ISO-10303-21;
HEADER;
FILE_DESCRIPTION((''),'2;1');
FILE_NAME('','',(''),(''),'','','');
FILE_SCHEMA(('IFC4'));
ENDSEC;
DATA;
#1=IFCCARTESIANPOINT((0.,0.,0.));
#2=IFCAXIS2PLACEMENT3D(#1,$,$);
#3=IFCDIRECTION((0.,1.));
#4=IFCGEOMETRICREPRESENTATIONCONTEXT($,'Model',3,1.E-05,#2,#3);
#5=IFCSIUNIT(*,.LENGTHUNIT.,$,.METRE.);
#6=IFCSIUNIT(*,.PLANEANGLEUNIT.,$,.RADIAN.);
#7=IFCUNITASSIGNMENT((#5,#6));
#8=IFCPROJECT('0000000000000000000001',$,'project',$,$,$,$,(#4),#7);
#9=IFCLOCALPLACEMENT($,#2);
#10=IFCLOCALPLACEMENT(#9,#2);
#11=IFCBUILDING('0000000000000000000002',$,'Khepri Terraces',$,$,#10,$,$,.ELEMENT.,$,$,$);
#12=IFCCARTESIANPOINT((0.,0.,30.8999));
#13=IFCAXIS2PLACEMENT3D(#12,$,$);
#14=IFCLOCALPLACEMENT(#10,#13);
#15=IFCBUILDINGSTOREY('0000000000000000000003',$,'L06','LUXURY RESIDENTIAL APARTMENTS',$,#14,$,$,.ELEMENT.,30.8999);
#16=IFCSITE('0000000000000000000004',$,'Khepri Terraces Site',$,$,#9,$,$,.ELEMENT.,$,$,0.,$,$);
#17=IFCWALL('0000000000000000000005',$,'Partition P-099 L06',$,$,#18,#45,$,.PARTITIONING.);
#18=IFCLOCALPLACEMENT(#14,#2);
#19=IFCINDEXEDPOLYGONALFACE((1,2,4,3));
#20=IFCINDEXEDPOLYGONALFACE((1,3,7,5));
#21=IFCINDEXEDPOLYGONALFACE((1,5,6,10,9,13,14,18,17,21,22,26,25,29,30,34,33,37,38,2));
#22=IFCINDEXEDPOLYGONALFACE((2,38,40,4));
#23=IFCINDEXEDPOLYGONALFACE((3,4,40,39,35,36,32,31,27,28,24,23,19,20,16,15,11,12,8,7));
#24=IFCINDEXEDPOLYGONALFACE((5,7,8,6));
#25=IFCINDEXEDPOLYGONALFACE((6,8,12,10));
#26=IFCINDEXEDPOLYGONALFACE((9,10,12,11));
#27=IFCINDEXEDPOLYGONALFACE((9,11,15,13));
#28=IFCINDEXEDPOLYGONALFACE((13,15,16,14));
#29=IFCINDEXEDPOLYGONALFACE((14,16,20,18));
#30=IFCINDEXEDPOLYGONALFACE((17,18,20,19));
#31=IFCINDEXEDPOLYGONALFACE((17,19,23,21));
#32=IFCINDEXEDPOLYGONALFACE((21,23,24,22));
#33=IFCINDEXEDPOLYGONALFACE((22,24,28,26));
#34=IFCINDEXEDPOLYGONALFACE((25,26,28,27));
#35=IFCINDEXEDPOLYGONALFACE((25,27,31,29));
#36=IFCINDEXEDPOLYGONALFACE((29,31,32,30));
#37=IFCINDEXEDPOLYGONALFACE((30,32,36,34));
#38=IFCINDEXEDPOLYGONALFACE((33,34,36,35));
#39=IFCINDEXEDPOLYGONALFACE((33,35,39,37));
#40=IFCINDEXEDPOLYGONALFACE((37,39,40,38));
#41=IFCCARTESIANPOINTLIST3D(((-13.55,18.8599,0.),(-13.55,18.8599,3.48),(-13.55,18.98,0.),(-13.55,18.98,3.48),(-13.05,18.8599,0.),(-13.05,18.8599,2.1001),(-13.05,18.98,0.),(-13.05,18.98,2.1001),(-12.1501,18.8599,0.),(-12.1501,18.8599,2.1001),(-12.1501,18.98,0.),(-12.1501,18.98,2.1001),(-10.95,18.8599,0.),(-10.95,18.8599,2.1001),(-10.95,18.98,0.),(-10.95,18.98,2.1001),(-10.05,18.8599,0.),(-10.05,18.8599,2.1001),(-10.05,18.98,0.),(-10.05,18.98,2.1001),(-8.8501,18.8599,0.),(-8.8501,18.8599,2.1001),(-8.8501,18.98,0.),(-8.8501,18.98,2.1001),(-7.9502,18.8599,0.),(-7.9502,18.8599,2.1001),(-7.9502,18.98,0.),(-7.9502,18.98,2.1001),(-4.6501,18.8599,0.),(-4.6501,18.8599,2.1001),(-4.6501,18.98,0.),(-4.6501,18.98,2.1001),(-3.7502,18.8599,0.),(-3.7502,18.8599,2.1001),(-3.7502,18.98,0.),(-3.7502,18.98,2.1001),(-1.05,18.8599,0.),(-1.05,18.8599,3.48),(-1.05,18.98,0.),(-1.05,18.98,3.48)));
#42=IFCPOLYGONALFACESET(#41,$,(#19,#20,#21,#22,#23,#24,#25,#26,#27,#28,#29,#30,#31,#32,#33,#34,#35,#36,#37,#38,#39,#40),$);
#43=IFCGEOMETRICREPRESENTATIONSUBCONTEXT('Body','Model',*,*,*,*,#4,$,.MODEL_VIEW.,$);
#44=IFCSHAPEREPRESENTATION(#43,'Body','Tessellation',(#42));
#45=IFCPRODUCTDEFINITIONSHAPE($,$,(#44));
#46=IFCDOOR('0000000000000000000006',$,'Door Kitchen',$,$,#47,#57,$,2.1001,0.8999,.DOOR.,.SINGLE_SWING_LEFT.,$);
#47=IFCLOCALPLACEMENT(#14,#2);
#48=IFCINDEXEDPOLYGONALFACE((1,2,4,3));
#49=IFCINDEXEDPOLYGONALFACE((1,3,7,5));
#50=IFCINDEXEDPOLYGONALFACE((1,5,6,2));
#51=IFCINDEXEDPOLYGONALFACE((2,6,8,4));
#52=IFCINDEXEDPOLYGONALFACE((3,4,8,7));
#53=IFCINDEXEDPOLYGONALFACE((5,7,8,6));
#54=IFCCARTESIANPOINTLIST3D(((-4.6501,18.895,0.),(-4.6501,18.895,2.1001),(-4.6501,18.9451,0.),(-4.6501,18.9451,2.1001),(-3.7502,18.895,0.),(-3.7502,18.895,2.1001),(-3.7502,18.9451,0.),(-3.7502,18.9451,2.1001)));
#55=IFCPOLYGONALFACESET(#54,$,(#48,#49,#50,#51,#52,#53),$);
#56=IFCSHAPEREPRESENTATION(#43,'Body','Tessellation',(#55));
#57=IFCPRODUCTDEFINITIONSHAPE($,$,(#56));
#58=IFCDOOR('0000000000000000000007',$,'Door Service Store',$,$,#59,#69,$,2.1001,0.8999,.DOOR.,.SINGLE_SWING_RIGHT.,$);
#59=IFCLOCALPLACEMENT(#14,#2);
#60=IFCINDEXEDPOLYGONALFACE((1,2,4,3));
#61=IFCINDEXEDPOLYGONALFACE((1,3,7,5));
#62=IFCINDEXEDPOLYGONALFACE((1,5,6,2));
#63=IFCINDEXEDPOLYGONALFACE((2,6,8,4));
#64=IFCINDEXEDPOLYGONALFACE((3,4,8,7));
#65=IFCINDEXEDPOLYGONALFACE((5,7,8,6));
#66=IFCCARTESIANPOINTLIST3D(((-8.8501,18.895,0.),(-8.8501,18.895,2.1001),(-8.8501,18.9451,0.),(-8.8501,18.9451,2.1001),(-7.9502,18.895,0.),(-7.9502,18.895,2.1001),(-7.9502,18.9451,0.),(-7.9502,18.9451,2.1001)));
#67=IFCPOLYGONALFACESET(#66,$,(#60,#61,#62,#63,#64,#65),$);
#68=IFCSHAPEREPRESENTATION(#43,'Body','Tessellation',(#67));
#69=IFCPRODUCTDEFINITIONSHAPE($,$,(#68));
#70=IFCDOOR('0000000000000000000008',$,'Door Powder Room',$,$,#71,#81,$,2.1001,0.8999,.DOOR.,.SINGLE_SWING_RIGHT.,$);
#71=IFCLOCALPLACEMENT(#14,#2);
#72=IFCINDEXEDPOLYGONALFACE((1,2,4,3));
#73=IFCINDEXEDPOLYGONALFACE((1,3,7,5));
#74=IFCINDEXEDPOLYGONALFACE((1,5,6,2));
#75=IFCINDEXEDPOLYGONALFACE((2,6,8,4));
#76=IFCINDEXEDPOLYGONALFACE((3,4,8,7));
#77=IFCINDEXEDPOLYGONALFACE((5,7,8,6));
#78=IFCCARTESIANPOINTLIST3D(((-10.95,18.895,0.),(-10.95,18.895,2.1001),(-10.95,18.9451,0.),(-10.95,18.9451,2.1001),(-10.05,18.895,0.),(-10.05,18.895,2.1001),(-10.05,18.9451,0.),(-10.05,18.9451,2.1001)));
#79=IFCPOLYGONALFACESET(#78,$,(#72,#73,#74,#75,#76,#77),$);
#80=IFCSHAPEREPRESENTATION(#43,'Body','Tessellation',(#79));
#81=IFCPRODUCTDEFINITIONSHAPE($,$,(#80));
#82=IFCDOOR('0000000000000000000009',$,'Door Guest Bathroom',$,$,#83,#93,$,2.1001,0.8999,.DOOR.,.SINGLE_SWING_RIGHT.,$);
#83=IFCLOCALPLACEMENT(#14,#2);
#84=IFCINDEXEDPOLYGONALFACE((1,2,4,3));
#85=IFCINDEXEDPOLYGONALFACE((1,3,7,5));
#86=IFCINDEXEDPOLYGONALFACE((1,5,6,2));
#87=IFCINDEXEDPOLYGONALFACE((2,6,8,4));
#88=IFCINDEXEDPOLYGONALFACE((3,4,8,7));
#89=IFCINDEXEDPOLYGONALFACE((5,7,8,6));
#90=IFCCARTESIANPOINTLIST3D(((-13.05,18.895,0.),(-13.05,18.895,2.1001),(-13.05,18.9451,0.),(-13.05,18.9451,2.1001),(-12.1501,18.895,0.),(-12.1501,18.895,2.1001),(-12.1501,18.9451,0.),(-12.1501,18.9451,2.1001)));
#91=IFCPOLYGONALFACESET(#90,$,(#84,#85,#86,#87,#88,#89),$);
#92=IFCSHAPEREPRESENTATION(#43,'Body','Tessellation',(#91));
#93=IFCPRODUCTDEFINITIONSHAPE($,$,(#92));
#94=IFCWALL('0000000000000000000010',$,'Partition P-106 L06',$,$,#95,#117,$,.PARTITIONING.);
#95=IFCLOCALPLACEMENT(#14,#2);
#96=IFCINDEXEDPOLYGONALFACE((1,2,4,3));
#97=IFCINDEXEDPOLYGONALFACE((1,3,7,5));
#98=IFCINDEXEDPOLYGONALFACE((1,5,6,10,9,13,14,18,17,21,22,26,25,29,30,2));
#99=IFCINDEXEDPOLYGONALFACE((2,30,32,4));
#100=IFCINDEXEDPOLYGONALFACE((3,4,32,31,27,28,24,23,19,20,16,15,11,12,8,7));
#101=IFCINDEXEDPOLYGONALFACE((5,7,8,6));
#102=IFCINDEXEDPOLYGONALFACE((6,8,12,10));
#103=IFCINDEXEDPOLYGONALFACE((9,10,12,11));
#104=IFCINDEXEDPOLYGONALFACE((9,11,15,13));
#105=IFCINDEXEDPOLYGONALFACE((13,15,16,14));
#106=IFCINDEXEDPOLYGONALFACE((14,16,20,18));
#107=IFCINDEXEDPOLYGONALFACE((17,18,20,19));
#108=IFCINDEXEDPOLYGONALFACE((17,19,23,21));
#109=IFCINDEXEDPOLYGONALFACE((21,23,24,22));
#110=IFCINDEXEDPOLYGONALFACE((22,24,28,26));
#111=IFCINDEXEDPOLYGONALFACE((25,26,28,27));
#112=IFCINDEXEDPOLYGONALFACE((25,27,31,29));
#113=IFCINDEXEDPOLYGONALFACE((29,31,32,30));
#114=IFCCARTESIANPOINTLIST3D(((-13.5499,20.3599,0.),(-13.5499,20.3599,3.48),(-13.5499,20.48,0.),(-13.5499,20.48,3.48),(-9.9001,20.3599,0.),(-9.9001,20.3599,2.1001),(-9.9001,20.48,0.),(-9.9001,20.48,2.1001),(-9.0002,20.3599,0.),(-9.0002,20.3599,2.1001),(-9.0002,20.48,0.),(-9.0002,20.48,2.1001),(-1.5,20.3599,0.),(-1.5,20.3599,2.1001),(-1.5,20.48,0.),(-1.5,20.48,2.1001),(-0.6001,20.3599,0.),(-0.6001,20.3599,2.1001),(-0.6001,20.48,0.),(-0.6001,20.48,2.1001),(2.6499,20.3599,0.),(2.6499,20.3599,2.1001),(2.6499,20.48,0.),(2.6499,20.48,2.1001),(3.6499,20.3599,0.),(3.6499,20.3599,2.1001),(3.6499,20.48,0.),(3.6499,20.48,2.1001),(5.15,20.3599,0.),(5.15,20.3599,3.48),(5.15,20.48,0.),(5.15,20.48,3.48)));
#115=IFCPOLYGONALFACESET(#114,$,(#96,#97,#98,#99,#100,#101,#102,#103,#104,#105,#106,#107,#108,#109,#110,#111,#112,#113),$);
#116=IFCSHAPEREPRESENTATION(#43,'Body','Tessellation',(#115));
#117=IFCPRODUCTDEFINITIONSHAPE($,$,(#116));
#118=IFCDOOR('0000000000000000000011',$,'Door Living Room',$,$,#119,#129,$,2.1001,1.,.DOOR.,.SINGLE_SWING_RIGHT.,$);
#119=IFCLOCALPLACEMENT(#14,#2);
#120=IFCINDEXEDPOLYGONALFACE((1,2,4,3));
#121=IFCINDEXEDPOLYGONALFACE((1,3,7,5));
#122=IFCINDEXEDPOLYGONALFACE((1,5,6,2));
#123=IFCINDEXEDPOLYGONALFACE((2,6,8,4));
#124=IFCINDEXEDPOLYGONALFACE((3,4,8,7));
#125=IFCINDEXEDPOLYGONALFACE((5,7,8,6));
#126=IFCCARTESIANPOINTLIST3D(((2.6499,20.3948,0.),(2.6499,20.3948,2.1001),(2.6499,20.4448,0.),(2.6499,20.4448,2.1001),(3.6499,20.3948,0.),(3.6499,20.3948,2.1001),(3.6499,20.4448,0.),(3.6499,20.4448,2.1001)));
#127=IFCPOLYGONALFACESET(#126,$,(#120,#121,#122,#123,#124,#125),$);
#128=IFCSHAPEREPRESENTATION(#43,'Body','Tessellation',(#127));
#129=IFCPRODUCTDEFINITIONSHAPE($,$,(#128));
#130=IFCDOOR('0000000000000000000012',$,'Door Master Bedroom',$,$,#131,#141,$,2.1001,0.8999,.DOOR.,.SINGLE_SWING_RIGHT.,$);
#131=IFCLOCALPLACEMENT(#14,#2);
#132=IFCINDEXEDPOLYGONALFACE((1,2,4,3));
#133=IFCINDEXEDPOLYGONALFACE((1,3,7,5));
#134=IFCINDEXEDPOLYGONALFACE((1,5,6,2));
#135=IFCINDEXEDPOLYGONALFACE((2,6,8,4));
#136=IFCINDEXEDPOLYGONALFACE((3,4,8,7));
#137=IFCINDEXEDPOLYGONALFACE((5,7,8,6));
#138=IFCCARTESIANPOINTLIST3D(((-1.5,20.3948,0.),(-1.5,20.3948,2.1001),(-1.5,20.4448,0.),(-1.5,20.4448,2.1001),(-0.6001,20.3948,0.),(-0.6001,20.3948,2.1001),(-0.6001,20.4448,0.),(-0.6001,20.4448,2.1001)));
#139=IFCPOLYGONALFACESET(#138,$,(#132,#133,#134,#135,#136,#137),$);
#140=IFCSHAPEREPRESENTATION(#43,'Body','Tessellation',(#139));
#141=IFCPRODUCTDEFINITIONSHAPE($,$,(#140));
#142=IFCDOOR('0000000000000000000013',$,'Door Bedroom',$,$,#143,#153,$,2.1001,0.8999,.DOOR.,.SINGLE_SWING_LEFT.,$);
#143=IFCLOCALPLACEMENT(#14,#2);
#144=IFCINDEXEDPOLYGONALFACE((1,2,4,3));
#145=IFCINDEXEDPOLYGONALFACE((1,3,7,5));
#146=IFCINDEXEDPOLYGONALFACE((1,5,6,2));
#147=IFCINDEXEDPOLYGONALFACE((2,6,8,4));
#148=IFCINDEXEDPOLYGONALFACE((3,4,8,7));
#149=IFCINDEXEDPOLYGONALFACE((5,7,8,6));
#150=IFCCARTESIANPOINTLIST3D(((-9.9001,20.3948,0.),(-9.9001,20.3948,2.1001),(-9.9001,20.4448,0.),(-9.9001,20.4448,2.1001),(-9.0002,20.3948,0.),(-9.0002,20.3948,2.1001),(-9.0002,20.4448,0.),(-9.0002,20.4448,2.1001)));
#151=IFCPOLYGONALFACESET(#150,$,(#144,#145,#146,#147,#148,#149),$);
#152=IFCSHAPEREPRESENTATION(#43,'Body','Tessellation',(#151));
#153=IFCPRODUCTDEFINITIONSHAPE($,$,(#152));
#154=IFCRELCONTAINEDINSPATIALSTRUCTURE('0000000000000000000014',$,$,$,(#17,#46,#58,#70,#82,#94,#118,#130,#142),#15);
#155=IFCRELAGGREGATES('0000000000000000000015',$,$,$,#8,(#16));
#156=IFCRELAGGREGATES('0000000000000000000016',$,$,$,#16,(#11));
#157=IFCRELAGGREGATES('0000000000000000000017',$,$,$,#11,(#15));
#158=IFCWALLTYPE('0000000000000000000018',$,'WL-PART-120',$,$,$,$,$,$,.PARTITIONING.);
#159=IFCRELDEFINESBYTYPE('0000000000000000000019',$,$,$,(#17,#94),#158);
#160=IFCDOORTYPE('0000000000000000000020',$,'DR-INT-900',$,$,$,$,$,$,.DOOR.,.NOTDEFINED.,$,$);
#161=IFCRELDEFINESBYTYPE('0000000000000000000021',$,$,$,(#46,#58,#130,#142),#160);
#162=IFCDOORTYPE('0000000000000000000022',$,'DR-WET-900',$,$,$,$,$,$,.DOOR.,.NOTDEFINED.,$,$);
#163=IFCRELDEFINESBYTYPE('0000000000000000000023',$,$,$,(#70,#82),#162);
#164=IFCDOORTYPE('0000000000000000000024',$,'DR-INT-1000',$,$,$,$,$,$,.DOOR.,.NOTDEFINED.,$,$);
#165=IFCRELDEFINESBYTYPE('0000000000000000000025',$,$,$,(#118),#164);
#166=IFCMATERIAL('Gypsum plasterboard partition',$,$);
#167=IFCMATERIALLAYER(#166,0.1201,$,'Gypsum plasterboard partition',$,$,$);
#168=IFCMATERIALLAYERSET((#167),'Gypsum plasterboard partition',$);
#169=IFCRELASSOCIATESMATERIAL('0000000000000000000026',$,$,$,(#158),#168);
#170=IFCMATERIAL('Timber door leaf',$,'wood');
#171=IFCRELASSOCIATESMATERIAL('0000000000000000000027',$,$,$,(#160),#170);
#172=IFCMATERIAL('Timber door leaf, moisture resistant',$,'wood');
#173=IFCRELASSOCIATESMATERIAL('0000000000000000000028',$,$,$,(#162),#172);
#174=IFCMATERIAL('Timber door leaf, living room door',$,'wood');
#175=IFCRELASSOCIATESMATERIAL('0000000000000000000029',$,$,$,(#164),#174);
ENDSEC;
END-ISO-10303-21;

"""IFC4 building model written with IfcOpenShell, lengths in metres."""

from ifc_helpers import new_model, si_unit, direction, frame, frame_2d, origin, place, context, subcontext, project, spatial, rectangle, extrude, material, layer, layer_set, type_object, element, fill, save


model = new_model("IFC4")

# Units and contexts
model_context = context("Model", 3, precision=1e-05, world=origin(), true_north=direction((0.0, 1.0)))
body_context = subcontext(model_context, "Body", "Model", "MODEL_VIEW")
ifc_project = project(units=[si_unit("LENGTHUNIT", "METRE"), si_unit("PLANEANGLEUNIT", "RADIAN")], contexts=[model_context])

# Site, building, storey
site_placement = place(None, origin())
site = spatial("IfcSite", under=ifc_project, at=site_placement, Name="Khepri Terraces Site", CompositionType="ELEMENT", RefElevation=0.0)
building_placement = place(site_placement, origin())
building = spatial("IfcBuilding", under=site, at=building_placement, Name="Khepri Terraces", CompositionType="ELEMENT")
storey_placement = place(building_placement, frame((0.0, 0.0, 30.8999)))
storey = spatial("IfcBuildingStorey", under=building, at=storey_placement, Name="L06", Description="LUXURY RESIDENTIAL APARTMENTS", CompositionType="ELEMENT", Elevation=30.8999)

# Shared definitions
ifc_material_1 = material(Name="Gypsum plasterboard partition")
ifc_layer_1 = layer(ifc_material_1, 0.1201, Name="Gypsum plasterboard partition")
ifc_layer_set_1 = layer_set([ifc_layer_1], Name="Gypsum plasterboard partition")
wall_type_1 = type_object("IfcWallType", Name="WL-PART-120", PredefinedType="PARTITIONING", material=ifc_layer_set_1)

# Shared definitions
ifc_material_2 = material(Name="Timber door leaf", Category="wood")
door_type_1 = type_object("IfcDoorType", Name="DR-INT-900", OperationType="NOTDEFINED", PredefinedType="DOOR", material=ifc_material_2)

# Walls, openings, doors
wall_1_placement = place(storey_placement, frame((-13.55, 18.9199, 0.0), z_axis=(0.0, 0.0, 1.0), x_axis=(1.0, 0.0, 0.0)))
wall_1 = element("IfcWall", 1, at=wall_1_placement, inside=storey, type_object=wall_type_1, Name="Partition P-099 L06", PredefinedType="PARTITIONING", context=body_context, shape_type="SweptSolid", body=[
    extrude(rectangle(XDim=12.5, YDim=0.1201, at=frame_2d((6.25, 0.0))), origin(), (0.0, 0.0, 1.0), 3.48),
])
opening_1_placement = place(wall_1_placement, frame((8.8999, 0.0, 0.0)))
opening_1 = element("IfcOpeningElement", 2, at=opening_1_placement, cuts=wall_1, PredefinedType="OPENING", context=body_context, shape_type="SweptSolid", body=[
    extrude(rectangle(XDim=0.8999, YDim=2.1001, at=frame_2d((0.45, 1.05))), frame((0.0, 0.0701, 0.0), z_axis=(0.0, -1.0, 0.0), x_axis=(1.0, 0.0, 0.0)), (0.0, 0.0, 1.0), 0.1401),
])
opening_2_placement = place(wall_1_placement, frame((4.7, 0.0, 0.0)))
opening_2 = element("IfcOpeningElement", 3, at=opening_2_placement, cuts=wall_1, PredefinedType="OPENING", context=body_context, shape_type="SweptSolid", body=[
    extrude(rectangle(XDim=0.8999, YDim=2.1001, at=frame_2d((0.45, 1.05))), frame((0.0, 0.0701, 0.0), z_axis=(0.0, -1.0, 0.0), x_axis=(1.0, 0.0, 0.0)), (0.0, 0.0, 1.0), 0.1401),
])
opening_3_placement = place(wall_1_placement, frame((2.6001, 0.0, 0.0)))
opening_3 = element("IfcOpeningElement", 4, at=opening_3_placement, cuts=wall_1, PredefinedType="OPENING", context=body_context, shape_type="SweptSolid", body=[
    extrude(rectangle(XDim=0.8999, YDim=2.1001, at=frame_2d((0.45, 1.05))), frame((0.0, 0.0701, 0.0), z_axis=(0.0, -1.0, 0.0), x_axis=(1.0, 0.0, 0.0)), (0.0, 0.0, 1.0), 0.1401),
])
opening_4_placement = place(wall_1_placement, frame((0.5, 0.0, 0.0)))
opening_4 = element("IfcOpeningElement", 5, at=opening_4_placement, cuts=wall_1, PredefinedType="OPENING", context=body_context, shape_type="SweptSolid", body=[
    extrude(rectangle(XDim=0.8999, YDim=2.1001, at=frame_2d((0.45, 1.05))), frame((0.0, 0.0701, 0.0), z_axis=(0.0, -1.0, 0.0), x_axis=(1.0, 0.0, 0.0)), (0.0, 0.0, 1.0), 0.1401),
])
door_1_placement = place(opening_1_placement, frame((0.8999, 0.0, 0.0), z_axis=(0.0, 0.0, 1.0), x_axis=(-1.0, 0.0, 0.0)))
door_1 = element("IfcDoor", 6, at=door_1_placement, inside=storey, type_object=door_type_1, Name="Door Kitchen", OperationType="SINGLE_SWING_LEFT", OverallHeight=2.1001, OverallWidth=0.8999, PredefinedType="DOOR", context=body_context, shape_type="SweptSolid", body=[
    extrude(rectangle(XDim=0.8999, YDim=2.1001, at=frame_2d((0.45, 1.05))), frame((0.0, 0.0249, 0.0), z_axis=(0.0, -1.0, 0.0), x_axis=(1.0, 0.0, 0.0)), (0.0, 0.0, 1.0), 0.05),
])
fill(opening_1, door_1)
door_2_placement = place(opening_2_placement, frame((0.8999, 0.0, 0.0), z_axis=(0.0, 0.0, 1.0), x_axis=(-1.0, 0.0, 0.0)))
door_2 = element("IfcDoor", 7, at=door_2_placement, inside=storey, type_object=door_type_1, Name="Door Service Store", OperationType="SINGLE_SWING_RIGHT", OverallHeight=2.1001, OverallWidth=0.8999, PredefinedType="DOOR", context=body_context, shape_type="SweptSolid", body=[
    extrude(rectangle(XDim=0.8999, YDim=2.1001, at=frame_2d((0.45, 1.05))), frame((0.0, 0.0249, 0.0), z_axis=(0.0, -1.0, 0.0), x_axis=(1.0, 0.0, 0.0)), (0.0, 0.0, 1.0), 0.05),
])
fill(opening_2, door_2)
ifc_material_3 = material(Name="Timber door leaf, moisture resistant", Category="wood")
door_type_2 = type_object("IfcDoorType", Name="DR-WET-900", OperationType="NOTDEFINED", PredefinedType="DOOR", material=ifc_material_3)
door_3_placement = place(opening_3_placement, frame((0.8999, 0.0, 0.0), z_axis=(0.0, 0.0, 1.0), x_axis=(-1.0, 0.0, 0.0)))
door_3 = element("IfcDoor", 8, at=door_3_placement, inside=storey, type_object=door_type_2, Name="Door Powder Room", OperationType="SINGLE_SWING_RIGHT", OverallHeight=2.1001, OverallWidth=0.8999, PredefinedType="DOOR", context=body_context, shape_type="SweptSolid", body=[
    extrude(rectangle(XDim=0.8999, YDim=2.1001, at=frame_2d((0.45, 1.05))), frame((0.0, 0.0249, 0.0), z_axis=(0.0, -1.0, 0.0), x_axis=(1.0, 0.0, 0.0)), (0.0, 0.0, 1.0), 0.05),
])
fill(opening_3, door_3)
door_4_placement = place(opening_4_placement, frame((0.8999, 0.0, 0.0), z_axis=(0.0, 0.0, 1.0), x_axis=(-1.0, 0.0, 0.0)))
door_4 = element("IfcDoor", 9, at=door_4_placement, inside=storey, type_object=door_type_2, Name="Door Guest Bathroom", OperationType="SINGLE_SWING_RIGHT", OverallHeight=2.1001, OverallWidth=0.8999, PredefinedType="DOOR", context=body_context, shape_type="SweptSolid", body=[
    extrude(rectangle(XDim=0.8999, YDim=2.1001, at=frame_2d((0.45, 1.05))), frame((0.0, 0.0249, 0.0), z_axis=(0.0, -1.0, 0.0), x_axis=(1.0, 0.0, 0.0)), (0.0, 0.0, 1.0), 0.05),
])
fill(opening_4, door_4)
wall_2_placement = place(storey_placement, frame((-13.55, 20.4199, 0.0), z_axis=(0.0, 0.0, 1.0), x_axis=(1.0, 0.0, 0.0)))
wall_2 = element("IfcWall", 10, at=wall_2_placement, inside=storey, type_object=wall_type_1, Name="Partition P-106 L06", PredefinedType="PARTITIONING", context=body_context, shape_type="SweptSolid", body=[
    extrude(rectangle(XDim=18.7, YDim=0.1201, at=frame_2d((9.3501, 0.0))), origin(), (0.0, 0.0, 1.0), 3.48),
])
opening_5_placement = place(wall_2_placement, frame((16.2, 0.0, 0.0)))
opening_5 = element("IfcOpeningElement", 11, at=opening_5_placement, cuts=wall_2, PredefinedType="OPENING", context=body_context, shape_type="SweptSolid", body=[
    extrude(rectangle(XDim=1.0, YDim=2.1001, at=frame_2d((0.5, 1.05))), frame((0.0, 0.0701, 0.0), z_axis=(0.0, -1.0, 0.0), x_axis=(1.0, 0.0, 0.0)), (0.0, 0.0, 1.0), 0.1401),
])
opening_6_placement = place(wall_2_placement, frame((12.05, 0.0, 0.0)))
opening_6 = element("IfcOpeningElement", 12, at=opening_6_placement, cuts=wall_2, PredefinedType="OPENING", context=body_context, shape_type="SweptSolid", body=[
    extrude(rectangle(XDim=0.8999, YDim=2.1001, at=frame_2d((0.45, 1.05))), frame((0.0, 0.0701, 0.0), z_axis=(0.0, -1.0, 0.0), x_axis=(1.0, 0.0, 0.0)), (0.0, 0.0, 1.0), 0.1401),
])
opening_7_placement = place(wall_2_placement, frame((3.6499, 0.0, 0.0)))
opening_7 = element("IfcOpeningElement", 13, at=opening_7_placement, cuts=wall_2, PredefinedType="OPENING", context=body_context, shape_type="SweptSolid", body=[
    extrude(rectangle(XDim=0.8999, YDim=2.1001, at=frame_2d((0.45, 1.05))), frame((0.0, 0.0701, 0.0), z_axis=(0.0, -1.0, 0.0), x_axis=(1.0, 0.0, 0.0)), (0.0, 0.0, 1.0), 0.1401),
])
ifc_material_4 = material(Name="Timber door leaf, living room door", Category="wood")
door_type_3 = type_object("IfcDoorType", Name="DR-INT-1000", OperationType="NOTDEFINED", PredefinedType="DOOR", material=ifc_material_4)
door_5_placement = place(opening_5_placement, origin())
door_5 = element("IfcDoor", 14, at=door_5_placement, inside=storey, type_object=door_type_3, Name="Door Living Room", OperationType="SINGLE_SWING_RIGHT", OverallHeight=2.1001, OverallWidth=1.0, PredefinedType="DOOR", context=body_context, shape_type="SweptSolid", body=[
    extrude(rectangle(XDim=1.0, YDim=2.1001, at=frame_2d((0.5, 1.05))), frame((0.0, 0.0249, 0.0), z_axis=(0.0, -1.0, 0.0), x_axis=(1.0, 0.0, 0.0)), (0.0, 0.0, 1.0), 0.05),
])
fill(opening_5, door_5)
door_6_placement = place(opening_6_placement, origin())
door_6 = element("IfcDoor", 15, at=door_6_placement, inside=storey, type_object=door_type_1, Name="Door Master Bedroom", OperationType="SINGLE_SWING_RIGHT", OverallHeight=2.1001, OverallWidth=0.8999, PredefinedType="DOOR", context=body_context, shape_type="SweptSolid", body=[
    extrude(rectangle(XDim=0.8999, YDim=2.1001, at=frame_2d((0.45, 1.05))), frame((0.0, 0.0249, 0.0), z_axis=(0.0, -1.0, 0.0), x_axis=(1.0, 0.0, 0.0)), (0.0, 0.0, 1.0), 0.05),
])
fill(opening_6, door_6)
door_7_placement = place(opening_7_placement, origin())
door_7 = element("IfcDoor", 16, at=door_7_placement, inside=storey, type_object=door_type_1, Name="Door Bedroom", OperationType="SINGLE_SWING_LEFT", OverallHeight=2.1001, OverallWidth=0.8999, PredefinedType="DOOR", context=body_context, shape_type="SweptSolid", body=[
    extrude(rectangle(XDim=0.8999, YDim=2.1001, at=frame_2d((0.45, 1.05))), frame((0.0, 0.0249, 0.0), z_axis=(0.0, -1.0, 0.0), x_axis=(1.0, 0.0, 0.0)), (0.0, 0.0, 1.0), 0.05),
])
fill(opening_7, door_7)

save(model, "model.ifc")
